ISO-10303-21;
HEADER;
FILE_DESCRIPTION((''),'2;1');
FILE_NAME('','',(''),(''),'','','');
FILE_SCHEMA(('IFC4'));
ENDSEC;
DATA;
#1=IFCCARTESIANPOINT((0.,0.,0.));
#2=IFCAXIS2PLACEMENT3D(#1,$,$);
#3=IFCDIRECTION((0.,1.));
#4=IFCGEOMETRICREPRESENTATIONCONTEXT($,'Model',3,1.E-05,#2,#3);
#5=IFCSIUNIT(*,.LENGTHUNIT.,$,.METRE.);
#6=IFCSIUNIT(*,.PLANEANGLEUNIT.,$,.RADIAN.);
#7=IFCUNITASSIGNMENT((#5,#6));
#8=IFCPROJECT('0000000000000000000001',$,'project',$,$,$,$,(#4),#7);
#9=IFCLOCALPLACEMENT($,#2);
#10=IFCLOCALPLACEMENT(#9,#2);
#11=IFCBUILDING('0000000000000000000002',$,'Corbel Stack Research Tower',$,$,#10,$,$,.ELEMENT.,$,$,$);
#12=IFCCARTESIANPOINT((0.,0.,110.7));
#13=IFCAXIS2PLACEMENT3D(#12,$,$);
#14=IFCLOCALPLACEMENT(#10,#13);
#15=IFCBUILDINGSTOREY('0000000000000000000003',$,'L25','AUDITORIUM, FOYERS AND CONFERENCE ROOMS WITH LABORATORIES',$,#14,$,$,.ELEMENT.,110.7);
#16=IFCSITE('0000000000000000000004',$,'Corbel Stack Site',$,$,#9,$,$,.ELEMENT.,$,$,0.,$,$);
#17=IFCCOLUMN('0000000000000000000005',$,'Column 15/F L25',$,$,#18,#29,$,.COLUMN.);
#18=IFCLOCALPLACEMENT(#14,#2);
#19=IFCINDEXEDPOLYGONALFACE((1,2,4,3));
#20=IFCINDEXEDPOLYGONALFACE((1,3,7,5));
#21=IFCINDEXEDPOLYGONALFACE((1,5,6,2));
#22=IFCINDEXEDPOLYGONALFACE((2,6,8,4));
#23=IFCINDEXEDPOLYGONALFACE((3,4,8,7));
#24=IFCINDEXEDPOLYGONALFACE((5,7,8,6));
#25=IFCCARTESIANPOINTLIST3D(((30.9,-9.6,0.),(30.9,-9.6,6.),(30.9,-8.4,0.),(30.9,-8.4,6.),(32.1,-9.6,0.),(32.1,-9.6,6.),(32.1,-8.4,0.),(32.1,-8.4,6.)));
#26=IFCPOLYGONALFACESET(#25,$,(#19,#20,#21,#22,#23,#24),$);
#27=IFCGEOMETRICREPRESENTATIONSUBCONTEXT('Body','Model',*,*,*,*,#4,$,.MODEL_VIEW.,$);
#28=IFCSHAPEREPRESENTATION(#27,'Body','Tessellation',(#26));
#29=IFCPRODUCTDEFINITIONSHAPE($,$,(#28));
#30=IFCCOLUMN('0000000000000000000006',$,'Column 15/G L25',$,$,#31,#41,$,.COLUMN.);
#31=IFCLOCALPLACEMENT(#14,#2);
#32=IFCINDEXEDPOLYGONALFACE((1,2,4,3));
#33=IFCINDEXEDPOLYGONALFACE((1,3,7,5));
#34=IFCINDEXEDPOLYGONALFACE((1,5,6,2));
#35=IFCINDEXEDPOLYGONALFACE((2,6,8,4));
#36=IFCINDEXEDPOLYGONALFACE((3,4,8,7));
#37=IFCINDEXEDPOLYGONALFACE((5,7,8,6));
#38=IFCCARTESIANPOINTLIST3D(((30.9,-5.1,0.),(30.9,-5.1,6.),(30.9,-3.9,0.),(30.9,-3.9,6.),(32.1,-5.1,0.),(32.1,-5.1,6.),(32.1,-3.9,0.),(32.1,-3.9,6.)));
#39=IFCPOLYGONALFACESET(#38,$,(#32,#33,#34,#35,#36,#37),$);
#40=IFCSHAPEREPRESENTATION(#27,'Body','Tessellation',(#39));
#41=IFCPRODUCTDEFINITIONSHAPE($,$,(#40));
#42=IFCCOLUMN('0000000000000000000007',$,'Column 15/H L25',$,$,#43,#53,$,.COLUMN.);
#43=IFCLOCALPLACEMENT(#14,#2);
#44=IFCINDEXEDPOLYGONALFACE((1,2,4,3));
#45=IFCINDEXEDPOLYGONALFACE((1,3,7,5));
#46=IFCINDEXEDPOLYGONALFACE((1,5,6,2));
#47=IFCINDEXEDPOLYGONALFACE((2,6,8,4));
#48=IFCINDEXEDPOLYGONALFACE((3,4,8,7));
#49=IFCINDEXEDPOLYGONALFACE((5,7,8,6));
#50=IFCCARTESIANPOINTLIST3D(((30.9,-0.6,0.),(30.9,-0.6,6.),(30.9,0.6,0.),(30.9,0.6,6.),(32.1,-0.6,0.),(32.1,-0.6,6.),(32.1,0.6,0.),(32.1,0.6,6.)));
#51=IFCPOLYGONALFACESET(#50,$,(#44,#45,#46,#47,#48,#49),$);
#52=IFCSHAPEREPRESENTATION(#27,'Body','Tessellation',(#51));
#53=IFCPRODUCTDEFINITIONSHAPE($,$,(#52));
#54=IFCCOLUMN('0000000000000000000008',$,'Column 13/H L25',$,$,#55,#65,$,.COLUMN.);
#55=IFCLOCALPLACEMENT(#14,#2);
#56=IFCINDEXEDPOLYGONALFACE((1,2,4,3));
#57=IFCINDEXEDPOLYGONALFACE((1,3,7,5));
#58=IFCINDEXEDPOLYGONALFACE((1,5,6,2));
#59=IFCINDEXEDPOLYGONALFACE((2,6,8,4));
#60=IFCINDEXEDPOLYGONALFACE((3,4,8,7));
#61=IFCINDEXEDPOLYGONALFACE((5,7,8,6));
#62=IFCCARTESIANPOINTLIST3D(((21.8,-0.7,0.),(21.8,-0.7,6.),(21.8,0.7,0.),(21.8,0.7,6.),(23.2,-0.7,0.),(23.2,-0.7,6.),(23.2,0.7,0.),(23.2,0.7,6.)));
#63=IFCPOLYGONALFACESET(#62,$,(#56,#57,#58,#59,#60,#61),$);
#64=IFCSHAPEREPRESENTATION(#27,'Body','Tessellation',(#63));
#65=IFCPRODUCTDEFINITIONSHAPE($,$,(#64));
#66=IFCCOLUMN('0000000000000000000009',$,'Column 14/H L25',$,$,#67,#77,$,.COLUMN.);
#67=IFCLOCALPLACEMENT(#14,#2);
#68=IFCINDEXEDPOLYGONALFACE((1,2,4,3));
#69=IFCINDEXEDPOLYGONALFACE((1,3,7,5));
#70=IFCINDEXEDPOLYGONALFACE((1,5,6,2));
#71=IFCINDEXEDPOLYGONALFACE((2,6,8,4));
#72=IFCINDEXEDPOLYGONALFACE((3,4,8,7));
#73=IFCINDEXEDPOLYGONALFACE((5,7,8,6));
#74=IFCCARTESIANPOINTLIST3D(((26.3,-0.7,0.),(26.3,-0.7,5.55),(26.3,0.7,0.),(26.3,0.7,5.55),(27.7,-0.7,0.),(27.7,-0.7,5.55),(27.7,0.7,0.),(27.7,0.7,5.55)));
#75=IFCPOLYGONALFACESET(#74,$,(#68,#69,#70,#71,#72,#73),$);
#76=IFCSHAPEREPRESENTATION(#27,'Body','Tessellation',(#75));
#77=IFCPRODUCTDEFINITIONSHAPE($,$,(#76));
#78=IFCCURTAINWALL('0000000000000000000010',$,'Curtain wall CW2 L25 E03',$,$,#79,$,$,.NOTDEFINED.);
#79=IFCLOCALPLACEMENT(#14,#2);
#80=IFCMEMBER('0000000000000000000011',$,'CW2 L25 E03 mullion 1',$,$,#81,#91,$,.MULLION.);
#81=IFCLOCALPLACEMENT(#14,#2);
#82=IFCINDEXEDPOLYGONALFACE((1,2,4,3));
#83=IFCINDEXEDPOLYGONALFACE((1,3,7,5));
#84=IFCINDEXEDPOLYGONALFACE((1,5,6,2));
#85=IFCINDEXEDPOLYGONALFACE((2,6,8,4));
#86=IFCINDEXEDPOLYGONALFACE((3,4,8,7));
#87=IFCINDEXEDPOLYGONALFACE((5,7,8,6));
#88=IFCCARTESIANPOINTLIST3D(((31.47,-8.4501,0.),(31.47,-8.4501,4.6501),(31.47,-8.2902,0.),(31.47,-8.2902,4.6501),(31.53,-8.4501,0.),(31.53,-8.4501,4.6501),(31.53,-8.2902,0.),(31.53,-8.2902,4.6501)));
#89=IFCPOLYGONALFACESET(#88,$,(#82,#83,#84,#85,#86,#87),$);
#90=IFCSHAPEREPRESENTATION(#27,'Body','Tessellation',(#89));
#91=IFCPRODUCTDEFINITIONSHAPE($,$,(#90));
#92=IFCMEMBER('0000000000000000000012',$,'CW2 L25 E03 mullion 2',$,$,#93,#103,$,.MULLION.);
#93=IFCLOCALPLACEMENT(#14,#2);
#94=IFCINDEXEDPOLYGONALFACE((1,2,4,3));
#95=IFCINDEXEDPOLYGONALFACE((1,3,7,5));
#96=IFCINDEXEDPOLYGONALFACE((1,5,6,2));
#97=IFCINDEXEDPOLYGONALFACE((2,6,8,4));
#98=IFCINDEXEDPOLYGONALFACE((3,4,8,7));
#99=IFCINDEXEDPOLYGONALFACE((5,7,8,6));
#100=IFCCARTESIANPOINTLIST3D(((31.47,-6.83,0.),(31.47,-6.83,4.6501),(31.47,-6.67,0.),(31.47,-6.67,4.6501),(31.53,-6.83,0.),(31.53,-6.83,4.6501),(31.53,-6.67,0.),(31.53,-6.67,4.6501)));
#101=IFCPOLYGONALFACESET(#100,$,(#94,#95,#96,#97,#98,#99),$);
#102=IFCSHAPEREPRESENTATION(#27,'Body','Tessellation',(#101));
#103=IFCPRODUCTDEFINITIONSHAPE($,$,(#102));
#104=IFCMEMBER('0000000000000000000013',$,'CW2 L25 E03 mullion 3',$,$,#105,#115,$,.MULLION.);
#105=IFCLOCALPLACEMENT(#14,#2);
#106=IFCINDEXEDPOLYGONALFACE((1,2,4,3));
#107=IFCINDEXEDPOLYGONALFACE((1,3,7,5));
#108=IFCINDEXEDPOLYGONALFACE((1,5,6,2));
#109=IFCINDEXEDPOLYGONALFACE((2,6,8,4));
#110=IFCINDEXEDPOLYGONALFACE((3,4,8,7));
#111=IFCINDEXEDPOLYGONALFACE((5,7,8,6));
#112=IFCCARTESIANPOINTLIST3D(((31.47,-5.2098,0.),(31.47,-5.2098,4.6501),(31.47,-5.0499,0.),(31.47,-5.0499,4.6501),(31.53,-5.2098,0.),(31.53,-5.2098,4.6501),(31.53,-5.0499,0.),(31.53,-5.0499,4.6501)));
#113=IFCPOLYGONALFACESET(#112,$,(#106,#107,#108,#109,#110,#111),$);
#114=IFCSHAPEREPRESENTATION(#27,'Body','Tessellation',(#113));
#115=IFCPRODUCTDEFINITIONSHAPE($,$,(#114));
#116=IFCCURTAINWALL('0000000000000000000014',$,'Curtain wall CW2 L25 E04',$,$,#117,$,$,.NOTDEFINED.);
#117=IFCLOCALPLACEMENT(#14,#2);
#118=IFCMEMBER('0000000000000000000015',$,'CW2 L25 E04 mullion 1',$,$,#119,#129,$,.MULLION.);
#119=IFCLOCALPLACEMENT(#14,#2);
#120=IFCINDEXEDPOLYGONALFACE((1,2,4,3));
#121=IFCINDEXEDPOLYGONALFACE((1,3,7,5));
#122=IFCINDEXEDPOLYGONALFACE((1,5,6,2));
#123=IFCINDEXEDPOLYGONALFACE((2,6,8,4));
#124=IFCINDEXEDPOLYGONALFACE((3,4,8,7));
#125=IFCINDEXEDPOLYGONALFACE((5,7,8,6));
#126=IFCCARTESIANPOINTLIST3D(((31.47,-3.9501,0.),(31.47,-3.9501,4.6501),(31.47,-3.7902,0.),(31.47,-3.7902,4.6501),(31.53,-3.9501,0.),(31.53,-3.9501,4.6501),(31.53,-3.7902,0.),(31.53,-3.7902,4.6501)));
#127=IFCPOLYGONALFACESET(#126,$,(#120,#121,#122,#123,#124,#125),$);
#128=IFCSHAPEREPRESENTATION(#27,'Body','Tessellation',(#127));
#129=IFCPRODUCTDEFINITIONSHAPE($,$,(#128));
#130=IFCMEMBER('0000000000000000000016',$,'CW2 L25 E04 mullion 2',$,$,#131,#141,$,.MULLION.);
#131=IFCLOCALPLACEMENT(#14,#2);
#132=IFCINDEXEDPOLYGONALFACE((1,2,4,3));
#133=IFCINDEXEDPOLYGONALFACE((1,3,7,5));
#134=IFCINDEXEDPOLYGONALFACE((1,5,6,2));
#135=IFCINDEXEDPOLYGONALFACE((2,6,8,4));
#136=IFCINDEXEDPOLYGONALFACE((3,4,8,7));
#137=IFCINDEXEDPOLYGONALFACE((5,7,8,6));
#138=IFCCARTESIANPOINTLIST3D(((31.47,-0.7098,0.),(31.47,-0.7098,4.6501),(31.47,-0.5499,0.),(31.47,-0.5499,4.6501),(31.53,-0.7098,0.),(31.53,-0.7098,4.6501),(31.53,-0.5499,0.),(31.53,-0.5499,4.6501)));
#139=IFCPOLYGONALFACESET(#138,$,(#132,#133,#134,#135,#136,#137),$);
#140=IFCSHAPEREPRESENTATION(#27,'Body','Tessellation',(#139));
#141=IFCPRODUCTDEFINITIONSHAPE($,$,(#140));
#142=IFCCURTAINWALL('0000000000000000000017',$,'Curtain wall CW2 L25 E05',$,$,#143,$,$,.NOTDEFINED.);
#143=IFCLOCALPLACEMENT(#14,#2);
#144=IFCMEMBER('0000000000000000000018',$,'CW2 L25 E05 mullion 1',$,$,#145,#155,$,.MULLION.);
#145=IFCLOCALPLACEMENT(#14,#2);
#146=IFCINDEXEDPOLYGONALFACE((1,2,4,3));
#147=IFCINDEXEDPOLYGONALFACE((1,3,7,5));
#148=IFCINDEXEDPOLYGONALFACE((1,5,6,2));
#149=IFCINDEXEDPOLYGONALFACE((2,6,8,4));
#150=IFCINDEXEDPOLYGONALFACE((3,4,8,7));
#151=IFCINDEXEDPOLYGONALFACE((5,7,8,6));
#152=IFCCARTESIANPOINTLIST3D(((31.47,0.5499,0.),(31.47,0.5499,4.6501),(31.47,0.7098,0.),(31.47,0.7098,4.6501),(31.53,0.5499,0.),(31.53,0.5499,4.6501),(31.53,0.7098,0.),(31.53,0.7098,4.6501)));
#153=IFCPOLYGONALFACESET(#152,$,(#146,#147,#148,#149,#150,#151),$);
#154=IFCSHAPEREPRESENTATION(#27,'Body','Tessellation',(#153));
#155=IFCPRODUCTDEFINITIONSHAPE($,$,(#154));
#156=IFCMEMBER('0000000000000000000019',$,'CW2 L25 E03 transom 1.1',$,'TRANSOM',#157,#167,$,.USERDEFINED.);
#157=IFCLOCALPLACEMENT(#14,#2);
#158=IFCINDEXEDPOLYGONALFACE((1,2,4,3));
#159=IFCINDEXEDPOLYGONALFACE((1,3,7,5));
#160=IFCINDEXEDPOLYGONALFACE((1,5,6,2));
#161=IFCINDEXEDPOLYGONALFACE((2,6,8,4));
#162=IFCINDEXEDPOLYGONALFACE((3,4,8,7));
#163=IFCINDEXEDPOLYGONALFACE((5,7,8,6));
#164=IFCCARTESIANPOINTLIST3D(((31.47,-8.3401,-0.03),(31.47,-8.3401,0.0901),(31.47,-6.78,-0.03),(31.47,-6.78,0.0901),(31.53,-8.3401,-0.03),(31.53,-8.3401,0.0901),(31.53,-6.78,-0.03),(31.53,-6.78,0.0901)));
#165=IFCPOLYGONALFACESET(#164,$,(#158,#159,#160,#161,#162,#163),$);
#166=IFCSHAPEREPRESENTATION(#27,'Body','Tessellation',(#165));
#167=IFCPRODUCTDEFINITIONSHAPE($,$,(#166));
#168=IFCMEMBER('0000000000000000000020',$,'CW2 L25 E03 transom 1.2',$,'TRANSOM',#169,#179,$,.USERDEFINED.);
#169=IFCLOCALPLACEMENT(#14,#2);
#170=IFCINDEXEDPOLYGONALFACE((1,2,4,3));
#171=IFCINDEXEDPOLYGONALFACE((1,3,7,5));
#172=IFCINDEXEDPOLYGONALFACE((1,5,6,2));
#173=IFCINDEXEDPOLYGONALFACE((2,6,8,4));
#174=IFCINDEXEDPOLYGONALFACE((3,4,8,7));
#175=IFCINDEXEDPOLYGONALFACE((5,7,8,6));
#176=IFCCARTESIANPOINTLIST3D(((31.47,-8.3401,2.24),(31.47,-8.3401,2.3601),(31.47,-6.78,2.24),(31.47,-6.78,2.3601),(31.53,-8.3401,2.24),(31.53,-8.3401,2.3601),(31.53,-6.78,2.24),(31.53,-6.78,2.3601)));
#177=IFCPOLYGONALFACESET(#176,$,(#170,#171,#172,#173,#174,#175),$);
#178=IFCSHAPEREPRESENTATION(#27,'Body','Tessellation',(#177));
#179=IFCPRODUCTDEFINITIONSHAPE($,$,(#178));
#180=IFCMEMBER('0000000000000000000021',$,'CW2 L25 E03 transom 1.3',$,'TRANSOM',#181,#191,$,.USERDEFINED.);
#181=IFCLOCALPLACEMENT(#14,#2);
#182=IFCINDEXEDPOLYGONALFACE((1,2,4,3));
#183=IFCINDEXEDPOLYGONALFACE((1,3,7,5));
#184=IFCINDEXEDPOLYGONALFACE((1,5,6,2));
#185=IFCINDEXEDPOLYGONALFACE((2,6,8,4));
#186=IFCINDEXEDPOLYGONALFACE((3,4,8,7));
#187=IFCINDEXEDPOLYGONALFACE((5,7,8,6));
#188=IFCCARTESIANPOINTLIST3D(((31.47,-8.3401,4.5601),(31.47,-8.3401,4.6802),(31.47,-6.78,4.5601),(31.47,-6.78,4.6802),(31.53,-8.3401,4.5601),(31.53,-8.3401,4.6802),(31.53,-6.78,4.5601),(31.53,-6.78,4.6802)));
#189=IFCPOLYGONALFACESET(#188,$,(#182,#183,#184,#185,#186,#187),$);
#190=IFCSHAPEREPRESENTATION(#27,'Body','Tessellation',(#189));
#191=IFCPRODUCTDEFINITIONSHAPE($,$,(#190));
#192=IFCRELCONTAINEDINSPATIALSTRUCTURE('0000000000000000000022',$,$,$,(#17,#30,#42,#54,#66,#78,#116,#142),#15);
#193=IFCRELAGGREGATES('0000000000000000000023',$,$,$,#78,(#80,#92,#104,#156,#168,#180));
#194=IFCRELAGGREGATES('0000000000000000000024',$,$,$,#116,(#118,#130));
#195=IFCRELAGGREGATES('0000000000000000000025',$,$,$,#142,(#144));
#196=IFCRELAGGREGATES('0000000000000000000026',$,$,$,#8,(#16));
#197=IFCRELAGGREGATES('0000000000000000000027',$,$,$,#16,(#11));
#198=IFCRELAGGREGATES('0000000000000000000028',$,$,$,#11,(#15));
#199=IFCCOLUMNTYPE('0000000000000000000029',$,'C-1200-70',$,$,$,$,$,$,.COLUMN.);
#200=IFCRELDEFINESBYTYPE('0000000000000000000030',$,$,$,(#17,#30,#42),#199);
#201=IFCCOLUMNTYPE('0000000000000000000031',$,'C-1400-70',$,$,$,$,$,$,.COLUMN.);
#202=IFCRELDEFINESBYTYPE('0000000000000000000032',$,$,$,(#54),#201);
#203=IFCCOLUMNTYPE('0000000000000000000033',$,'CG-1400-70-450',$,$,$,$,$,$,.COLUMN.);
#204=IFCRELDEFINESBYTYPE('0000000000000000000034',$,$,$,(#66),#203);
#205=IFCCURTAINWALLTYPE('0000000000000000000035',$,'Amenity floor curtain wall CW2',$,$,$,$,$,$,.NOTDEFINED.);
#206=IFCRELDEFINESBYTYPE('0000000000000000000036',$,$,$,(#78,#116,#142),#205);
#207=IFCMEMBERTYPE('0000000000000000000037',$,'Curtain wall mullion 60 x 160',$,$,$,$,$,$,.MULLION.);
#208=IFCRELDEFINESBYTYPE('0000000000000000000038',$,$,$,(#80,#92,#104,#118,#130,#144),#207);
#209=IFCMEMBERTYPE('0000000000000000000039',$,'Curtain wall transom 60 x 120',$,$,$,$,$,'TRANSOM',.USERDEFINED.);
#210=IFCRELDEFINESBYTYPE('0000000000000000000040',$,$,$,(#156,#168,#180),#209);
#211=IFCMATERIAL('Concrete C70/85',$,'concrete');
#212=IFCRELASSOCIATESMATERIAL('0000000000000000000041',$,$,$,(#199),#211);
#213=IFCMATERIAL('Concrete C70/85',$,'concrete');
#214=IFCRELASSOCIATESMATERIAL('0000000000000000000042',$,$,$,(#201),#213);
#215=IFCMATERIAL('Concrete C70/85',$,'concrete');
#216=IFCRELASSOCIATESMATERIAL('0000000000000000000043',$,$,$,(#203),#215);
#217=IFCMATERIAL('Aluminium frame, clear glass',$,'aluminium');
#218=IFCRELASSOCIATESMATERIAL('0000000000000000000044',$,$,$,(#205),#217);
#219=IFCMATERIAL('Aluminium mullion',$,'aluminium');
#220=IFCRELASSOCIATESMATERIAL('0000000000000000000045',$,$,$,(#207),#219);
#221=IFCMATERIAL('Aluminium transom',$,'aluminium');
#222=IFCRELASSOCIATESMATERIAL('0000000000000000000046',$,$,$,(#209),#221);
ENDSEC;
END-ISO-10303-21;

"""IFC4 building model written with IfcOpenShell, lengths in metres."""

from ifc_helpers import new_model, si_unit, direction, frame, origin, origin_2d, place, context, subcontext, project, spatial, rectangle, extrude, material, material_profile, profile_set, type_object, element, aggregate, save


model = new_model("IFC4")

# Units and contexts
model_context = context("Model", 3, precision=1e-05, world=origin(), true_north=direction((0.0, 1.0)))
body_context = subcontext(model_context, "Body", "Model", "MODEL_VIEW")
ifc_project = project(units=[si_unit("LENGTHUNIT", "METRE"), si_unit("PLANEANGLEUNIT", "RADIAN")], contexts=[model_context])

# Site, building, storey
site_placement = place(None, origin())
site = spatial("IfcSite", under=ifc_project, at=site_placement, Name="Corbel Stack Site", CompositionType="ELEMENT", RefElevation=0.0)
building_placement = place(site_placement, origin())
building = spatial("IfcBuilding", under=site, at=building_placement, Name="Corbel Stack Research Tower", CompositionType="ELEMENT")
storey_placement = place(building_placement, frame((0.0, 0.0, 110.7)))
storey = spatial("IfcBuildingStorey", under=building, at=storey_placement, Name="L25", Description="AUDITORIUM, FOYERS AND CONFERENCE ROOMS WITH LABORATORIES", CompositionType="ELEMENT", Elevation=110.7)

# Columns
ifc_material_1 = material(Name="Concrete C70/85", Category="concrete")
ifc_material_profile_1 = material_profile(ifc_material_1, rectangle(XDim=1.2, YDim=1.2, at=origin_2d()), Name="RC 1200 x 1200")
ifc_profile_set_1 = profile_set([ifc_material_profile_1], Name="Concrete C70/85")
column_type_1 = type_object("IfcColumnType", Name="C-1200-70", PredefinedType="COLUMN", material=ifc_profile_set_1)
for number, where, z_axis, x_axis, name in (
    (1, (31.5, -9.0, 0.0), (0.0, 0.0, 1.0), (1.0, 0.0, 0.0), "Column 15/F L25"),
    (2, (31.5, -4.5, 0.0), (0.0, 0.0, 1.0), (1.0, 0.0, 0.0), "Column 15/G L25"),
    (3, (31.5, 0.0, 0.0), (0.0, 0.0, 1.0), (1.0, 0.0, 0.0), "Column 15/H L25"),
):
    element("IfcColumn", number, at=place(storey_placement, frame(where, z_axis=z_axis, x_axis=x_axis)), inside=storey, type_object=column_type_1, Name=name, PredefinedType="COLUMN", context=body_context, shape_type="SweptSolid", body=[
        extrude(rectangle(XDim=1.2, YDim=1.2, at=origin_2d()), origin(), (0.0, 0.0, 1.0), 6.0),
    ])
ifc_material_2 = material(Name="Concrete C70/85", Category="concrete")
ifc_material_profile_2 = material_profile(ifc_material_2, rectangle(XDim=1.3999, YDim=1.3999, at=origin_2d()), Name="RC 1400 x 1400")
ifc_profile_set_2 = profile_set([ifc_material_profile_2], Name="Concrete C70/85")
column_type_2 = type_object("IfcColumnType", Name="C-1400-70", PredefinedType="COLUMN", material=ifc_profile_set_2)
column_1_placement = place(storey_placement, frame((22.5, 0.0, 0.0), z_axis=(0.0, 0.0, 1.0), x_axis=(1.0, 0.0, 0.0)))
element("IfcColumn", 4, at=column_1_placement, inside=storey, type_object=column_type_2, Name="Column 13/H L25", PredefinedType="COLUMN", context=body_context, shape_type="SweptSolid", body=[
    extrude(rectangle(XDim=1.3999, YDim=1.3999, at=origin_2d()), origin(), (0.0, 0.0, 1.0), 6.0),
])
ifc_material_3 = material(Name="Concrete C70/85", Category="concrete")
ifc_material_profile_3 = material_profile(ifc_material_3, rectangle(XDim=1.3999, YDim=1.3999, at=origin_2d()), Name="RC 1400 x 1400")
ifc_profile_set_3 = profile_set([ifc_material_profile_3], Name="Concrete C70/85")
column_type_3 = type_object("IfcColumnType", Name="CG-1400-70-450", PredefinedType="COLUMN", material=ifc_profile_set_3)
column_2_placement = place(storey_placement, frame((27.0, 0.0, 0.0), z_axis=(0.0, 0.0, 1.0), x_axis=(1.0, 0.0, 0.0)))
element("IfcColumn", 5, at=column_2_placement, inside=storey, type_object=column_type_3, Name="Column 14/H L25", PredefinedType="COLUMN", context=body_context, shape_type="SweptSolid", body=[
    extrude(rectangle(XDim=1.3999, YDim=1.3999, at=origin_2d()), origin(), (0.0, 0.0, 1.0), 5.55),
])

# Curtain walls, members
ifc_material_4 = material(Name="Aluminium frame, clear glass", Category="aluminium")
curtain_wall_type = type_object("IfcCurtainWallType", Name="Amenity floor curtain wall CW2", PredefinedType="NOTDEFINED", material=ifc_material_4)
curtain_wall_1_placement = place(storey_placement, origin())
curtain_wall_1 = element("IfcCurtainWall", 6, at=curtain_wall_1_placement, inside=storey, type_object=curtain_wall_type, Name="Curtain wall CW2 L25 E03", PredefinedType="NOTDEFINED")
ifc_material_5 = material(Name="Aluminium mullion", Category="aluminium")
ifc_material_profile_4 = material_profile(ifc_material_5, rectangle(XDim=0.0601, YDim=0.1599, at=origin_2d()), Name="Mullion 60 x 160")
ifc_profile_set_4 = profile_set([ifc_material_profile_4], Name="Aluminium mullion")
member_type_1 = type_object("IfcMemberType", Name="Curtain wall mullion 60 x 160", PredefinedType="MULLION", material=ifc_profile_set_4)
member_1_placement = place(storey_placement, frame((31.5, -8.3701, 0.0), z_axis=(0.0, 0.0, 1.0), x_axis=(-1.0, 0.0, 0.0)))
member_1 = element("IfcMember", 7, at=member_1_placement, type_object=member_type_1, Name="CW2 L25 E03 mullion 1", PredefinedType="MULLION", context=body_context, shape_type="SweptSolid", body=[
    extrude(rectangle(XDim=0.0601, YDim=0.1599, at=origin_2d()), origin(), (0.0, 0.0, 1.0), 4.6501),
])
member_2_placement = place(storey_placement, frame((31.5, -6.75, 0.0), z_axis=(0.0, 0.0, 1.0), x_axis=(-1.0, 0.0, 0.0)))
member_2 = element("IfcMember", 8, at=member_2_placement, type_object=member_type_1, Name="CW2 L25 E03 mullion 2", PredefinedType="MULLION", context=body_context, shape_type="SweptSolid", body=[
    extrude(rectangle(XDim=0.0601, YDim=0.1599, at=origin_2d()), origin(), (0.0, 0.0, 1.0), 4.6501),
])
member_3_placement = place(storey_placement, frame((31.5, -5.1299, 0.0), z_axis=(0.0, 0.0, 1.0), x_axis=(-1.0, 0.0, 0.0)))
member_3 = element("IfcMember", 9, at=member_3_placement, type_object=member_type_1, Name="CW2 L25 E03 mullion 3", PredefinedType="MULLION", context=body_context, shape_type="SweptSolid", body=[
    extrude(rectangle(XDim=0.0601, YDim=0.1599, at=origin_2d()), origin(), (0.0, 0.0, 1.0), 4.6501),
])
curtain_wall_2_placement = place(storey_placement, origin())
curtain_wall_2 = element("IfcCurtainWall", 10, at=curtain_wall_2_placement, inside=storey, type_object=curtain_wall_type, Name="Curtain wall CW2 L25 E04", PredefinedType="NOTDEFINED")
member_4_placement = place(storey_placement, frame((31.5, -3.8701, 0.0), z_axis=(0.0, 0.0, 1.0), x_axis=(-1.0, 0.0, 0.0)))
member_4 = element("IfcMember", 11, at=member_4_placement, type_object=member_type_1, Name="CW2 L25 E04 mullion 1", PredefinedType="MULLION", context=body_context, shape_type="SweptSolid", body=[
    extrude(rectangle(XDim=0.0601, YDim=0.1599, at=origin_2d()), origin(), (0.0, 0.0, 1.0), 4.6501),
])
member_5_placement = place(storey_placement, frame((31.5, -0.6299, 0.0), z_axis=(0.0, 0.0, 1.0), x_axis=(-1.0, 0.0, 0.0)))
member_5 = element("IfcMember", 12, at=member_5_placement, type_object=member_type_1, Name="CW2 L25 E04 mullion 2", PredefinedType="MULLION", context=body_context, shape_type="SweptSolid", body=[
    extrude(rectangle(XDim=0.0601, YDim=0.1599, at=origin_2d()), origin(), (0.0, 0.0, 1.0), 4.6501),
])

# Curtain wall, member
curtain_wall_3_placement = place(storey_placement, origin())
curtain_wall_3 = element("IfcCurtainWall", 13, at=curtain_wall_3_placement, inside=storey, type_object=curtain_wall_type, Name="Curtain wall CW2 L25 E05", PredefinedType="NOTDEFINED")
member_6_placement = place(storey_placement, frame((31.5, 0.6299, 0.0), z_axis=(0.0, 0.0, 1.0), x_axis=(-1.0, 0.0, 0.0)))
member_6 = element("IfcMember", 14, at=member_6_placement, type_object=member_type_1, Name="CW2 L25 E05 mullion 1", PredefinedType="MULLION", context=body_context, shape_type="SweptSolid", body=[
    extrude(rectangle(XDim=0.0601, YDim=0.1599, at=origin_2d()), origin(), (0.0, 0.0, 1.0), 4.6501),
])

# Members
ifc_material_6 = material(Name="Aluminium transom", Category="aluminium")
ifc_material_profile_5 = material_profile(ifc_material_6, rectangle(XDim=0.0601, YDim=0.1201, at=origin_2d()), Name="Transom 60 x 120")
ifc_profile_set_5 = profile_set([ifc_material_profile_5], Name="Aluminium transom")
member_type_2 = type_object("IfcMemberType", Name="Curtain wall transom 60 x 120", ElementType="TRANSOM", PredefinedType="USERDEFINED", material=ifc_profile_set_5)
member_7_placement = place(storey_placement, frame((31.5, -8.3401, 0.03), z_axis=(0.0, 1.0, 0.0), x_axis=(-1.0, 0.0, 0.0)))
member_7 = element("IfcMember", 15, at=member_7_placement, type_object=member_type_2, Name="CW2 L25 E03 transom 1.1", ObjectType="TRANSOM", PredefinedType="USERDEFINED", context=body_context, shape_type="SweptSolid", body=[
    extrude(rectangle(XDim=0.0601, YDim=0.1201, at=origin_2d()), origin(), (0.0, 0.0, 1.0), 1.5601),
])
member_8_placement = place(storey_placement, frame((31.5, -8.3401, 2.3), z_axis=(0.0, 1.0, 0.0), x_axis=(-1.0, 0.0, 0.0)))
member_8 = element("IfcMember", 16, at=member_8_placement, type_object=member_type_2, Name="CW2 L25 E03 transom 1.2", ObjectType="TRANSOM", PredefinedType="USERDEFINED", context=body_context, shape_type="SweptSolid", body=[
    extrude(rectangle(XDim=0.0601, YDim=0.1201, at=origin_2d()), origin(), (0.0, 0.0, 1.0), 1.5601),
])
member_9_placement = place(storey_placement, frame((31.5, -8.3401, 4.6201), z_axis=(0.0, 1.0, 0.0), x_axis=(-1.0, 0.0, 0.0)))
member_9 = element("IfcMember", 17, at=member_9_placement, type_object=member_type_2, Name="CW2 L25 E03 transom 1.3", ObjectType="TRANSOM", PredefinedType="USERDEFINED", context=body_context, shape_type="SweptSolid", body=[
    extrude(rectangle(XDim=0.0601, YDim=0.1201, at=origin_2d()), origin(), (0.0, 0.0, 1.0), 1.5601),
])

aggregate(curtain_wall_1, [member_1, member_2, member_3, member_7, member_8, member_9])
aggregate(curtain_wall_2, [member_4, member_5])
aggregate(curtain_wall_3, [member_6])

save(model, "model.ifc")
